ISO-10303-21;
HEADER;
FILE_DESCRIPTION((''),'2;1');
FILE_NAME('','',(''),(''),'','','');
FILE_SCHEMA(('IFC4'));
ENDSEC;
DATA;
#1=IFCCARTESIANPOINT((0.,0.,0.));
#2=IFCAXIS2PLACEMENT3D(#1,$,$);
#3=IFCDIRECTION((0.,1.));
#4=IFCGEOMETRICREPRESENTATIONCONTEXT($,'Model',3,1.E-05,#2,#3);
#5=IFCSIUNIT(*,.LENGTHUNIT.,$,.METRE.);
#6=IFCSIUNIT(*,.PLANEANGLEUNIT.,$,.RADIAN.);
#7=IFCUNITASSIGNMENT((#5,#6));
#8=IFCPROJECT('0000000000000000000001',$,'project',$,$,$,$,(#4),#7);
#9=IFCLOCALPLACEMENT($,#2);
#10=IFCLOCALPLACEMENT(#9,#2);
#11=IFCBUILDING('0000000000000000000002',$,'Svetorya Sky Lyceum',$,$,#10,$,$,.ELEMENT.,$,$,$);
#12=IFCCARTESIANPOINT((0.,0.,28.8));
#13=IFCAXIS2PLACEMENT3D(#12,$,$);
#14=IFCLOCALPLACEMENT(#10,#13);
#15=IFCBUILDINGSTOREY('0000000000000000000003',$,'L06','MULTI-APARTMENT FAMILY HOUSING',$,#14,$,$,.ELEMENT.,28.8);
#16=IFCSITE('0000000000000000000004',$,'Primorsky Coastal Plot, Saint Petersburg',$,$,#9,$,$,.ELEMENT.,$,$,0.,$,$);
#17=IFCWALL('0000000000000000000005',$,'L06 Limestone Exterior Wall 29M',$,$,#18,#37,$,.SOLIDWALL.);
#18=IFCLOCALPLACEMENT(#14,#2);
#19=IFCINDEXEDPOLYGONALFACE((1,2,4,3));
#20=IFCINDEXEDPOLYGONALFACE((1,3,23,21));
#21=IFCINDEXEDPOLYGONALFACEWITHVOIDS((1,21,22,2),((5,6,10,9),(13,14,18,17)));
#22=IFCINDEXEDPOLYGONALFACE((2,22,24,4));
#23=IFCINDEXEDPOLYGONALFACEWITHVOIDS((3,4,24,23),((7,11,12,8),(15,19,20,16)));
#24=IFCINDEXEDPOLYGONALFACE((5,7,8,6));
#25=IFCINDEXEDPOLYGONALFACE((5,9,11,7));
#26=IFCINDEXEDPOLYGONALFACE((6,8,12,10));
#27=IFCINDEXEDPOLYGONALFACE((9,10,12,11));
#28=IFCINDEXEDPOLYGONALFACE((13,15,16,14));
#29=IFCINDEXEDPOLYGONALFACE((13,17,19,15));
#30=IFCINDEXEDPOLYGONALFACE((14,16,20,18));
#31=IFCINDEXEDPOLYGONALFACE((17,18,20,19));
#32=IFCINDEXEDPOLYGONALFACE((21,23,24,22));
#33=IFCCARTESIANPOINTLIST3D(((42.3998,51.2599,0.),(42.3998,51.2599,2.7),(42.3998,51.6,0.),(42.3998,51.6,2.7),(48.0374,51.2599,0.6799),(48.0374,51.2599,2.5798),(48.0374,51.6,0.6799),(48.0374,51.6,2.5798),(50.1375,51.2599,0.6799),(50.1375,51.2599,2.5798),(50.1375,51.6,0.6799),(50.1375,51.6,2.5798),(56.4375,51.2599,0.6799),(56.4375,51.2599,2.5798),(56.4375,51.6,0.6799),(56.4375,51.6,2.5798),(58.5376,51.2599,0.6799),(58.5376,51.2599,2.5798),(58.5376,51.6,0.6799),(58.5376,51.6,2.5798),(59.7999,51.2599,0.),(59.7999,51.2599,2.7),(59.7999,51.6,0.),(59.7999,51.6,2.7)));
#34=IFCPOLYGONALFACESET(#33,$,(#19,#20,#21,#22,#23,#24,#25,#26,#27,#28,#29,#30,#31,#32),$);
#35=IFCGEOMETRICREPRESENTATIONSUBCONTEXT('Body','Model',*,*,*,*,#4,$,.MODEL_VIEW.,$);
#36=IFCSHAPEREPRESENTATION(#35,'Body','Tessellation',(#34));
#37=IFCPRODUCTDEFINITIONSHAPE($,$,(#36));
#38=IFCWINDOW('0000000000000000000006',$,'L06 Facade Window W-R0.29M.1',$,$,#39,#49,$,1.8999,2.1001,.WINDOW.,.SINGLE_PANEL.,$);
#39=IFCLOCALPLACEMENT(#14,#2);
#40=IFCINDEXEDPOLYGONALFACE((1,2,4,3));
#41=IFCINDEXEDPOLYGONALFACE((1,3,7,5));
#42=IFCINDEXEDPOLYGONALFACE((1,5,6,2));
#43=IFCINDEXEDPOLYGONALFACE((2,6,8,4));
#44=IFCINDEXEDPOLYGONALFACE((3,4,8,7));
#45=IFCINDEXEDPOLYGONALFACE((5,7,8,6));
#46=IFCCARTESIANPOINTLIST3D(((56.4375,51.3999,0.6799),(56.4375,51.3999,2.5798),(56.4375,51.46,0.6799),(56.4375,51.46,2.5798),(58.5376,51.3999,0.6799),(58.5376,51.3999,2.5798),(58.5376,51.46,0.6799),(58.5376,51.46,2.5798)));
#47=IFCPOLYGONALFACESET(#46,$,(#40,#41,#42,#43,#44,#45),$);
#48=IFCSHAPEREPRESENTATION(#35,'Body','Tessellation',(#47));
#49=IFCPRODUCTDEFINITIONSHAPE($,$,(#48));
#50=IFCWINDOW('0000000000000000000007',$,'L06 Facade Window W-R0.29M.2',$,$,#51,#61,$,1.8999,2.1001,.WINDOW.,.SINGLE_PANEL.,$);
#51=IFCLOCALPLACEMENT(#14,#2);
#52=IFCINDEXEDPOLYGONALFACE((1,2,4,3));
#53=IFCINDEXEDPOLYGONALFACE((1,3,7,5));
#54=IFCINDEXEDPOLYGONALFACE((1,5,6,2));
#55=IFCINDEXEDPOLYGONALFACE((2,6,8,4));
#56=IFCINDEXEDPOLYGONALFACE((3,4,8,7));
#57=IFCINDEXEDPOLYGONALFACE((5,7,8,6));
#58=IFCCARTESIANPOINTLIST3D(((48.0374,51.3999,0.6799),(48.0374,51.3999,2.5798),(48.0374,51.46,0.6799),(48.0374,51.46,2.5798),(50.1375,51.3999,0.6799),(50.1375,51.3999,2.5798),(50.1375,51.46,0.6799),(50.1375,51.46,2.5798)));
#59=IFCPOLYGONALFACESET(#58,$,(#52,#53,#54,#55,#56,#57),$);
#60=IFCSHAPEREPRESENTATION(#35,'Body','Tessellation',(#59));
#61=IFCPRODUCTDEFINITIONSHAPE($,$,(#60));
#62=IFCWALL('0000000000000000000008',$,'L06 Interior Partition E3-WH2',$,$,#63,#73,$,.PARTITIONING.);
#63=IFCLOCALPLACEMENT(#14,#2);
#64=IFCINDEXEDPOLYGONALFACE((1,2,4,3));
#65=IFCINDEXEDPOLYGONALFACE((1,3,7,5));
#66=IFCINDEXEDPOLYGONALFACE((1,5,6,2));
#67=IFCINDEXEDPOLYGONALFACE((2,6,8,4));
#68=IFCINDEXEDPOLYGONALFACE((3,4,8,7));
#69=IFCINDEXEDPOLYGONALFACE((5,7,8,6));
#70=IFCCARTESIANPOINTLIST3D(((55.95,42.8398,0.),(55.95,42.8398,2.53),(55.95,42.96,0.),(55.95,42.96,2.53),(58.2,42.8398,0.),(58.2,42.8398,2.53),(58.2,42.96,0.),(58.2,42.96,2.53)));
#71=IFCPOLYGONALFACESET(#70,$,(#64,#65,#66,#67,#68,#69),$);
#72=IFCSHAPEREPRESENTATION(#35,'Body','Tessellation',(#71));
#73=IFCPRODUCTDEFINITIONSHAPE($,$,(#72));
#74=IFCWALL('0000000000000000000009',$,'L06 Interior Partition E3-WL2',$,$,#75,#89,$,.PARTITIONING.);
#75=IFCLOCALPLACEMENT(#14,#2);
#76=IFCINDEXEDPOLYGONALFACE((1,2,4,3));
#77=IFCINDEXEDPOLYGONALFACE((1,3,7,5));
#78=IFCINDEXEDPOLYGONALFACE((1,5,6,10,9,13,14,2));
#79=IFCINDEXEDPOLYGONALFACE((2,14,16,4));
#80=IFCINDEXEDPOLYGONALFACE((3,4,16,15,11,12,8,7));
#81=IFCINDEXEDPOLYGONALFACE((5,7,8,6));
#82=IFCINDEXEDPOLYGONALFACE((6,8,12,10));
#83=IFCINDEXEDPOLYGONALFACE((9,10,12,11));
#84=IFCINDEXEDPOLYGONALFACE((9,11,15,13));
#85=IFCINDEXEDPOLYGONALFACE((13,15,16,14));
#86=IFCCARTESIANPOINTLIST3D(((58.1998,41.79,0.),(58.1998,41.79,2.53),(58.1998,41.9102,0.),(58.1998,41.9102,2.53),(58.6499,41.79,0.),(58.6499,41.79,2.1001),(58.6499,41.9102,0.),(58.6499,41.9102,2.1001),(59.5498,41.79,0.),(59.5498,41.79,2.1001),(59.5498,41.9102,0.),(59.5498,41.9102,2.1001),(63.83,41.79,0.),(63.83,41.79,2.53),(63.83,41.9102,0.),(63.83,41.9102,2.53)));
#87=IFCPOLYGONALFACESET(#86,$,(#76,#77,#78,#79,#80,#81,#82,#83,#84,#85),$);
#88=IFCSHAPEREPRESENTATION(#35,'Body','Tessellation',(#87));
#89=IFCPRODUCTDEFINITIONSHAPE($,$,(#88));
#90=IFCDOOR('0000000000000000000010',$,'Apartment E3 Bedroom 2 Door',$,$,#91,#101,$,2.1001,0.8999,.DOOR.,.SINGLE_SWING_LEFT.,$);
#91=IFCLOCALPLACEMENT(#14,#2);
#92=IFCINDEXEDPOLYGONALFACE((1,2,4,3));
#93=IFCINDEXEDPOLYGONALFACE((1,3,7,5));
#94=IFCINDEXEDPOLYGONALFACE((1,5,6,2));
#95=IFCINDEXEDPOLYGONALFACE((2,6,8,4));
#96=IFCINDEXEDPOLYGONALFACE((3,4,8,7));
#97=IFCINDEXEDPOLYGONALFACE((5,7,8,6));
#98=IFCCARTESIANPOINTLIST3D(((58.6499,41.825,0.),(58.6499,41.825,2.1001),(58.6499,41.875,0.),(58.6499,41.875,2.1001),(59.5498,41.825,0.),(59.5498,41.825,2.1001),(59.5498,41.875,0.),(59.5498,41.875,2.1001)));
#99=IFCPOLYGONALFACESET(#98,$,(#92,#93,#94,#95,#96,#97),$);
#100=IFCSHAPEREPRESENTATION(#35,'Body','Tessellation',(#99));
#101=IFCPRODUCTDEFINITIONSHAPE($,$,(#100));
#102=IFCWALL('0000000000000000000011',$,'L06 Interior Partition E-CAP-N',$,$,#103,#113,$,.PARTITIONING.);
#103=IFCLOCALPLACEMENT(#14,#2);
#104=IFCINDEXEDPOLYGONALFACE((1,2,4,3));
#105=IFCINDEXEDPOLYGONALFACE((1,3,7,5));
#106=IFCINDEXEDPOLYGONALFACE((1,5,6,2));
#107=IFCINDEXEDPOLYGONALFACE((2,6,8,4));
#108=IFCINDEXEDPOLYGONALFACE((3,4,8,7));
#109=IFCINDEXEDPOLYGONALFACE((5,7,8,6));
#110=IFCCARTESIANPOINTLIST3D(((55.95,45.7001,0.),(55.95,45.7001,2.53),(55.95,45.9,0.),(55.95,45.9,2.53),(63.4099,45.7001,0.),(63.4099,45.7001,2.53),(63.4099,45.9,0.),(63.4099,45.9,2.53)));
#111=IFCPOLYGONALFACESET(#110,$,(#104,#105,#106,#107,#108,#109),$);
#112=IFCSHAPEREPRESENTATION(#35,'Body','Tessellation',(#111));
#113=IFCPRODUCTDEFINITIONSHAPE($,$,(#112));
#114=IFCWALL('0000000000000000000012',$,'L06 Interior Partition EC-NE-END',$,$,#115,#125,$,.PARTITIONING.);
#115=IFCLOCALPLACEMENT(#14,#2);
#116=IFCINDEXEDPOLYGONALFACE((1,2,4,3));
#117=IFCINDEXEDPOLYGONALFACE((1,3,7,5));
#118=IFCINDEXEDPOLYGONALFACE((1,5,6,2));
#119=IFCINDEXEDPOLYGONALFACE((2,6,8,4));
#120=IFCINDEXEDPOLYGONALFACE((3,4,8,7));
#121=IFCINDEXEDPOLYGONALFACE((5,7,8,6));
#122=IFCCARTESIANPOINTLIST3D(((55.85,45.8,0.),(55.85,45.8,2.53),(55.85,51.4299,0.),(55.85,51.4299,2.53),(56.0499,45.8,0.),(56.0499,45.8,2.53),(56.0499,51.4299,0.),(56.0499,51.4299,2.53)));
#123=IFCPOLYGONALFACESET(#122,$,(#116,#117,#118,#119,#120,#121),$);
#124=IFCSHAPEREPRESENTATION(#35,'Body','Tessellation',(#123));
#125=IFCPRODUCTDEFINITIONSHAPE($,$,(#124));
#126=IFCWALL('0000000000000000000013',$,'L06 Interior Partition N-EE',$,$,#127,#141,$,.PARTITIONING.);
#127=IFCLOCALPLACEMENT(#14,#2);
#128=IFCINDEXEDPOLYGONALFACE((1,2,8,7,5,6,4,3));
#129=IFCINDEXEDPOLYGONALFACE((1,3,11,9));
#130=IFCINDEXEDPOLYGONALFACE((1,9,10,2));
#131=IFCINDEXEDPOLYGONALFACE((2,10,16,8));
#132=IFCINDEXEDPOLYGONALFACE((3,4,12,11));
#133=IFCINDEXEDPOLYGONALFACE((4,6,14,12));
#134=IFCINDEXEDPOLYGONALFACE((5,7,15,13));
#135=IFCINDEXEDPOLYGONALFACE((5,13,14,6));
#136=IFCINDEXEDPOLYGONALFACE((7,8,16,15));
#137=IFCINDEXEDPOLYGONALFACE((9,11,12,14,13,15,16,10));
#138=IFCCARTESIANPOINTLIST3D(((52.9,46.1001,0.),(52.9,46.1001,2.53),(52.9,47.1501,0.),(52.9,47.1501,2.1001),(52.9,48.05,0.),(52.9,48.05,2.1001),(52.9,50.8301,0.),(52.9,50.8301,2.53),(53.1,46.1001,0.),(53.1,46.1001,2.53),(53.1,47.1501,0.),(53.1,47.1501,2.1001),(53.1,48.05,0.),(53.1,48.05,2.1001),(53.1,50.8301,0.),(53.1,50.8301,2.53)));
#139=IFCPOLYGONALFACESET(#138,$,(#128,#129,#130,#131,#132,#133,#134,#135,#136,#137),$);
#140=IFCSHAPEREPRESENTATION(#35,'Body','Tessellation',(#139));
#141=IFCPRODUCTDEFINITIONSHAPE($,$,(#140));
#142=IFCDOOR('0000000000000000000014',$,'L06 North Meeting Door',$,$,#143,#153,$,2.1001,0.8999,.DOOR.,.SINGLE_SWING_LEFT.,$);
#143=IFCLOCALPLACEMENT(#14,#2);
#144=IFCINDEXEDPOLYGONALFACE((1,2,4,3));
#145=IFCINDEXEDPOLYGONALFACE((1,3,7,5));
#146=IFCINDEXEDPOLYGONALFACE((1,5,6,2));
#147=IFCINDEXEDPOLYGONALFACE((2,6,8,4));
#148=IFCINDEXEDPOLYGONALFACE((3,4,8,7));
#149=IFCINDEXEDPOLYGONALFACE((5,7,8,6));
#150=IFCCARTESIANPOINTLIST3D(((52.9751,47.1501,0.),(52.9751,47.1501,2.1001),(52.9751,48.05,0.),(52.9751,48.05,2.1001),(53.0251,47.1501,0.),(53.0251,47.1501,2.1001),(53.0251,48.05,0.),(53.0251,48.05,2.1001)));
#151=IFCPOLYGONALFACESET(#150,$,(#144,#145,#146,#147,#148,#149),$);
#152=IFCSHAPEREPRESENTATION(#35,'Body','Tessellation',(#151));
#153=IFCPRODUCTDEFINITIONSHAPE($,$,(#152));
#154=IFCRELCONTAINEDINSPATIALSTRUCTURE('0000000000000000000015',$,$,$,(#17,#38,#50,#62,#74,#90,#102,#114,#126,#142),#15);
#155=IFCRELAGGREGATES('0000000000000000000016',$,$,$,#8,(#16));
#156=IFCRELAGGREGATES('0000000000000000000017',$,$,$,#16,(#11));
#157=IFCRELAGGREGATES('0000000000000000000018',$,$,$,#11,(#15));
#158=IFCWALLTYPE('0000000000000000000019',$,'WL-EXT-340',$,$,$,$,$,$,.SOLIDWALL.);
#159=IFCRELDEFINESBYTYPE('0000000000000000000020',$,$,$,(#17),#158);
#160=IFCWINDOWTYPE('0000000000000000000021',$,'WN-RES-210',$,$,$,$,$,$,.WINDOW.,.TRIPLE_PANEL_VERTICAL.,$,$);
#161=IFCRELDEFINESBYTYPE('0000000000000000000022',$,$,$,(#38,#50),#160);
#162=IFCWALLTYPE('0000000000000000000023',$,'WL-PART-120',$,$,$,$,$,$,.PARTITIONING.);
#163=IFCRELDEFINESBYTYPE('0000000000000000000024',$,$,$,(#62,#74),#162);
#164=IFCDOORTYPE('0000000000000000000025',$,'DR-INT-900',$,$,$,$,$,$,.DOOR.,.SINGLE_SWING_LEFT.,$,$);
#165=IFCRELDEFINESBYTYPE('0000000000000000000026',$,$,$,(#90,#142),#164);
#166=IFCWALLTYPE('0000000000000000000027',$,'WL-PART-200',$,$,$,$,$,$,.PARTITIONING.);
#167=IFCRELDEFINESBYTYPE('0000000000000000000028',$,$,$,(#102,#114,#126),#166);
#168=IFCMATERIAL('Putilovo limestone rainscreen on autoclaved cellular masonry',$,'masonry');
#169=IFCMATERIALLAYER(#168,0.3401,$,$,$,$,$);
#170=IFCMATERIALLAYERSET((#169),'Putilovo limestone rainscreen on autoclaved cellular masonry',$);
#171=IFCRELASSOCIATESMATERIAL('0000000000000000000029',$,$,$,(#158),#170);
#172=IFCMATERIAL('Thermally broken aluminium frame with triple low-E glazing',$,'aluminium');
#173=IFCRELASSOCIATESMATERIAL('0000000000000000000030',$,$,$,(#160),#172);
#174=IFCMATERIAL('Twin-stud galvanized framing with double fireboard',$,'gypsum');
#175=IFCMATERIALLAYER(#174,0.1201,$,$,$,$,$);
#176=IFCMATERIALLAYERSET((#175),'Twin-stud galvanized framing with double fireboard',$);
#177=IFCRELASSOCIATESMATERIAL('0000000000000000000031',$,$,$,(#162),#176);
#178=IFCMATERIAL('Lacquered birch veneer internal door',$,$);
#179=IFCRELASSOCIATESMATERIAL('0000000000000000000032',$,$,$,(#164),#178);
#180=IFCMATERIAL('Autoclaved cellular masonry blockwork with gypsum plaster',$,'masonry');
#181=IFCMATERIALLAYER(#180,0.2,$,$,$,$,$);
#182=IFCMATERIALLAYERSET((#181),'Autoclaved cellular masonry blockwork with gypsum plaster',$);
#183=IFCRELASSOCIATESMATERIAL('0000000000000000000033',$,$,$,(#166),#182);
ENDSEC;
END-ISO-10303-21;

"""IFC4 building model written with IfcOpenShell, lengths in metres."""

from ifc_helpers import new_model, si_unit, direction, frame, frame_2d, origin, place, context, subcontext, project, spatial, rectangle, extrude, material, layer, layer_set, type_object, element, fill, save


model = new_model("IFC4")

# Units and contexts
model_context = context("Model", 3, precision=1e-05, world=origin(), true_north=direction((0.0, 1.0)))
body_context = subcontext(model_context, "Body", "Model", "MODEL_VIEW")
ifc_project = project(units=[si_unit("LENGTHUNIT", "METRE"), si_unit("PLANEANGLEUNIT", "RADIAN")], contexts=[model_context])

# Site, building, storey
site_placement = place(None, origin())
site = spatial("IfcSite", under=ifc_project, at=site_placement, Name="Primorsky Coastal Plot, Saint Petersburg", CompositionType="ELEMENT", RefElevation=0.0)
building_placement = place(site_placement, origin())
building = spatial("IfcBuilding", under=site, at=building_placement, Name="Svetorya Sky Lyceum", CompositionType="ELEMENT")
storey_placement = place(building_placement, frame((0.0, 0.0, 28.8)))
storey = spatial("IfcBuildingStorey", under=building, at=storey_placement, Name="L06", Description="MULTI-APARTMENT FAMILY HOUSING", CompositionType="ELEMENT", Elevation=28.8)

# Shared definitions
ifc_material_1 = material(Name="Putilovo limestone rainscreen on autoclaved cellular masonry", Category="masonry")
ifc_layer_1 = layer(ifc_material_1, 0.3401)
ifc_layer_set_1 = layer_set([ifc_layer_1], Name="Putilovo limestone rainscreen on autoclaved cellular masonry")
wall_type_1 = type_object("IfcWallType", Name="WL-EXT-340", PredefinedType="SOLIDWALL", material=ifc_layer_set_1)

# Wall, openings, windows
wall_1_placement = place(storey_placement, frame((59.8, 51.4299, 0.0), z_axis=(0.0, 0.0, 1.0), x_axis=(-1.0, 0.0, 0.0)))
wall_1 = element("IfcWall", 1, at=wall_1_placement, inside=storey, type_object=wall_type_1, Name="L06 Limestone Exterior Wall 29M", PredefinedType="SOLIDWALL", context=body_context, shape_type="SweptSolid", body=[
    extrude(rectangle(XDim=17.4001, YDim=0.3401, at=frame_2d((8.7002, 0.0))), origin(), (0.0, 0.0, 1.0), 2.7),
])
opening_1_placement = place(wall_1_placement, frame((1.2625, 0.0, 0.6799)))
opening_1 = element("IfcOpeningElement", 2, at=opening_1_placement, cuts=wall_1, PredefinedType="OPENING", context=body_context, shape_type="SweptSolid", body=[
    extrude(rectangle(XDim=2.1001, YDim=1.8999, at=frame_2d((1.05, 0.95))), frame((0.0, 0.1799, 0.0), z_axis=(0.0, -1.0, 0.0), x_axis=(1.0, 0.0, 0.0)), (0.0, 0.0, 1.0), 0.3601),
])
opening_2_placement = place(wall_1_placement, frame((9.6626, 0.0, 0.6799)))
opening_2 = element("IfcOpeningElement", 3, at=opening_2_placement, cuts=wall_1, PredefinedType="OPENING", context=body_context, shape_type="SweptSolid", body=[
    extrude(rectangle(XDim=2.1001, YDim=1.8999, at=frame_2d((1.05, 0.95))), frame((0.0, 0.1799, 0.0), z_axis=(0.0, -1.0, 0.0), x_axis=(1.0, 0.0, 0.0)), (0.0, 0.0, 1.0), 0.3601),
])
ifc_material_2 = material(Name="Thermally broken aluminium frame with triple low-E glazing", Category="aluminium")
window_type = type_object("IfcWindowType", Name="WN-RES-210", PartitioningType="TRIPLE_PANEL_VERTICAL", PredefinedType="WINDOW", material=ifc_material_2)
window_1_placement = place(opening_1_placement, origin())
window_1 = element("IfcWindow", 4, at=window_1_placement, inside=storey, type_object=window_type, Name="L06 Facade Window W-R0.29M.1", OverallHeight=1.8999, OverallWidth=2.1001, PartitioningType="SINGLE_PANEL", PredefinedType="WINDOW", context=body_context, shape_type="SweptSolid", body=[
    extrude(rectangle(XDim=2.1001, YDim=1.8999, at=frame_2d((1.05, 0.95))), frame((0.0, 0.03, 0.0), z_axis=(0.0, -1.0, 0.0), x_axis=(1.0, 0.0, 0.0)), (0.0, 0.0, 1.0), 0.0601),
])
fill(opening_1, window_1)
window_2_placement = place(opening_2_placement, origin())
window_2 = element("IfcWindow", 5, at=window_2_placement, inside=storey, type_object=window_type, Name="L06 Facade Window W-R0.29M.2", OverallHeight=1.8999, OverallWidth=2.1001, PartitioningType="SINGLE_PANEL", PredefinedType="WINDOW", context=body_context, shape_type="SweptSolid", body=[
    extrude(rectangle(XDim=2.1001, YDim=1.8999, at=frame_2d((1.05, 0.95))), frame((0.0, 0.03, 0.0), z_axis=(0.0, -1.0, 0.0), x_axis=(1.0, 0.0, 0.0)), (0.0, 0.0, 1.0), 0.0601),
])
fill(opening_2, window_2)

# Wall
ifc_material_3 = material(Name="Twin-stud galvanized framing with double fireboard", Category="gypsum")
ifc_layer_2 = layer(ifc_material_3, 0.1201)
ifc_layer_set_2 = layer_set([ifc_layer_2], Name="Twin-stud galvanized framing with double fireboard")
wall_type_2 = type_object("IfcWallType", Name="WL-PART-120", PredefinedType="PARTITIONING", material=ifc_layer_set_2)
wall_2_placement = place(storey_placement, frame((55.95, 42.8999, 0.0), z_axis=(0.0, 0.0, 1.0), x_axis=(1.0, 0.0, 0.0)))
element("IfcWall", 6, at=wall_2_placement, inside=storey, type_object=wall_type_2, Name="L06 Interior Partition E3-WH2", PredefinedType="PARTITIONING", context=body_context, shape_type="SweptSolid", body=[
    extrude(rectangle(XDim=2.25, YDim=0.1201, at=frame_2d((1.125, 0.0))), origin(), (0.0, 0.0, 1.0), 2.53),
])

# Wall, opening, door
wall_3_placement = place(storey_placement, frame((58.2, 41.8501, 0.0), z_axis=(0.0, 0.0, 1.0), x_axis=(1.0, 0.0, 0.0)))
wall_3 = element("IfcWall", 7, at=wall_3_placement, inside=storey, type_object=wall_type_2, Name="L06 Interior Partition E3-WL2", PredefinedType="PARTITIONING", context=body_context, shape_type="SweptSolid", body=[
    extrude(rectangle(XDim=5.6301, YDim=0.1201, at=frame_2d((2.8149, 0.0))), origin(), (0.0, 0.0, 1.0), 2.53),
])
opening_3_placement = place(wall_3_placement, frame((0.45, 0.0, 0.0)))
opening_3 = element("IfcOpeningElement", 8, at=opening_3_placement, cuts=wall_3, PredefinedType="OPENING", context=body_context, shape_type="SweptSolid", body=[
    extrude(rectangle(XDim=0.8999, YDim=2.1001, at=frame_2d((0.45, 1.05))), frame((0.0, 0.0701, 0.0), z_axis=(0.0, -1.0, 0.0), x_axis=(1.0, 0.0, 0.0)), (0.0, 0.0, 1.0), 0.1401),
])
ifc_material_4 = material(Name="Lacquered birch veneer internal door")
door_type = type_object("IfcDoorType", Name="DR-INT-900", OperationType="SINGLE_SWING_LEFT", PredefinedType="DOOR", material=ifc_material_4)
door_1_placement = place(opening_3_placement, origin())
door_1 = element("IfcDoor", 9, at=door_1_placement, inside=storey, type_object=door_type, Name="Apartment E3 Bedroom 2 Door", OperationType="SINGLE_SWING_LEFT", OverallHeight=2.1001, OverallWidth=0.8999, PredefinedType="DOOR", context=body_context, shape_type="SweptSolid", body=[
    extrude(rectangle(XDim=0.8999, YDim=2.1001, at=frame_2d((0.45, 1.05))), frame((0.0, 0.0249, 0.0), z_axis=(0.0, -1.0, 0.0), x_axis=(1.0, 0.0, 0.0)), (0.0, 0.0, 1.0), 0.05),
])
fill(opening_3, door_1)

# Walls
ifc_material_5 = material(Name="Autoclaved cellular masonry blockwork with gypsum plaster", Category="masonry")
ifc_layer_3 = layer(ifc_material_5, 0.2)
ifc_layer_set_3 = layer_set([ifc_layer_3], Name="Autoclaved cellular masonry blockwork with gypsum plaster")
wall_type_3 = type_object("IfcWallType", Name="WL-PART-200", PredefinedType="PARTITIONING", material=ifc_layer_set_3)
wall_4_placement = place(storey_placement, frame((55.95, 45.8, 0.0), z_axis=(0.0, 0.0, 1.0), x_axis=(1.0, 0.0, 0.0)))
element("IfcWall", 10, at=wall_4_placement, inside=storey, type_object=wall_type_3, Name="L06 Interior Partition E-CAP-N", PredefinedType="PARTITIONING", context=body_context, shape_type="SweptSolid", body=[
    extrude(rectangle(XDim=7.46, YDim=0.2, at=frame_2d((3.73, 0.0))), origin(), (0.0, 0.0, 1.0), 2.53),
])
wall_5_placement = place(storey_placement, frame((55.95, 45.8, 0.0), z_axis=(0.0, 0.0, 1.0), x_axis=(0.0, 1.0, 0.0)))
element("IfcWall", 11, at=wall_5_placement, inside=storey, type_object=wall_type_3, Name="L06 Interior Partition EC-NE-END", PredefinedType="PARTITIONING", context=body_context, shape_type="SweptSolid", body=[
    extrude(rectangle(XDim=5.6299, YDim=0.2, at=frame_2d((2.8149, 0.0))), origin(), (0.0, 0.0, 1.0), 2.53),
])

# Wall, opening, door
wall_6_placement = place(storey_placement, frame((53.0, 46.1001, 0.0), z_axis=(0.0, 0.0, 1.0), x_axis=(0.0, 1.0, 0.0)))
wall_6 = element("IfcWall", 12, at=wall_6_placement, inside=storey, type_object=wall_type_3, Name="L06 Interior Partition N-EE", PredefinedType="PARTITIONING", context=body_context, shape_type="SweptSolid", body=[
    extrude(rectangle(XDim=4.73, YDim=0.2, at=frame_2d((2.365, 0.0))), origin(), (0.0, 0.0, 1.0), 2.53),
])
opening_4_placement = place(wall_6_placement, frame((1.05, 0.0, 0.0)))
opening_4 = element("IfcOpeningElement", 13, at=opening_4_placement, cuts=wall_6, PredefinedType="OPENING", context=body_context, shape_type="SweptSolid", body=[
    extrude(rectangle(XDim=0.8999, YDim=2.1001, at=frame_2d((0.45, 1.05))), frame((0.0, 0.1099, 0.0), z_axis=(0.0, -1.0, 0.0), x_axis=(1.0, 0.0, 0.0)), (0.0, 0.0, 1.0), 0.22),
])
door_2_placement = place(opening_4_placement, origin())
door_2 = element("IfcDoor", 14, at=door_2_placement, inside=storey, type_object=door_type, Name="L06 North Meeting Door", OperationType="SINGLE_SWING_LEFT", OverallHeight=2.1001, OverallWidth=0.8999, PredefinedType="DOOR", context=body_context, shape_type="SweptSolid", body=[
    extrude(rectangle(XDim=0.8999, YDim=2.1001, at=frame_2d((0.45, 1.05))), frame((0.0, 0.0249, 0.0), z_axis=(0.0, -1.0, 0.0), x_axis=(1.0, 0.0, 0.0)), (0.0, 0.0, 1.0), 0.05),
])
fill(opening_4, door_2)

save(model, "model.ifc")
